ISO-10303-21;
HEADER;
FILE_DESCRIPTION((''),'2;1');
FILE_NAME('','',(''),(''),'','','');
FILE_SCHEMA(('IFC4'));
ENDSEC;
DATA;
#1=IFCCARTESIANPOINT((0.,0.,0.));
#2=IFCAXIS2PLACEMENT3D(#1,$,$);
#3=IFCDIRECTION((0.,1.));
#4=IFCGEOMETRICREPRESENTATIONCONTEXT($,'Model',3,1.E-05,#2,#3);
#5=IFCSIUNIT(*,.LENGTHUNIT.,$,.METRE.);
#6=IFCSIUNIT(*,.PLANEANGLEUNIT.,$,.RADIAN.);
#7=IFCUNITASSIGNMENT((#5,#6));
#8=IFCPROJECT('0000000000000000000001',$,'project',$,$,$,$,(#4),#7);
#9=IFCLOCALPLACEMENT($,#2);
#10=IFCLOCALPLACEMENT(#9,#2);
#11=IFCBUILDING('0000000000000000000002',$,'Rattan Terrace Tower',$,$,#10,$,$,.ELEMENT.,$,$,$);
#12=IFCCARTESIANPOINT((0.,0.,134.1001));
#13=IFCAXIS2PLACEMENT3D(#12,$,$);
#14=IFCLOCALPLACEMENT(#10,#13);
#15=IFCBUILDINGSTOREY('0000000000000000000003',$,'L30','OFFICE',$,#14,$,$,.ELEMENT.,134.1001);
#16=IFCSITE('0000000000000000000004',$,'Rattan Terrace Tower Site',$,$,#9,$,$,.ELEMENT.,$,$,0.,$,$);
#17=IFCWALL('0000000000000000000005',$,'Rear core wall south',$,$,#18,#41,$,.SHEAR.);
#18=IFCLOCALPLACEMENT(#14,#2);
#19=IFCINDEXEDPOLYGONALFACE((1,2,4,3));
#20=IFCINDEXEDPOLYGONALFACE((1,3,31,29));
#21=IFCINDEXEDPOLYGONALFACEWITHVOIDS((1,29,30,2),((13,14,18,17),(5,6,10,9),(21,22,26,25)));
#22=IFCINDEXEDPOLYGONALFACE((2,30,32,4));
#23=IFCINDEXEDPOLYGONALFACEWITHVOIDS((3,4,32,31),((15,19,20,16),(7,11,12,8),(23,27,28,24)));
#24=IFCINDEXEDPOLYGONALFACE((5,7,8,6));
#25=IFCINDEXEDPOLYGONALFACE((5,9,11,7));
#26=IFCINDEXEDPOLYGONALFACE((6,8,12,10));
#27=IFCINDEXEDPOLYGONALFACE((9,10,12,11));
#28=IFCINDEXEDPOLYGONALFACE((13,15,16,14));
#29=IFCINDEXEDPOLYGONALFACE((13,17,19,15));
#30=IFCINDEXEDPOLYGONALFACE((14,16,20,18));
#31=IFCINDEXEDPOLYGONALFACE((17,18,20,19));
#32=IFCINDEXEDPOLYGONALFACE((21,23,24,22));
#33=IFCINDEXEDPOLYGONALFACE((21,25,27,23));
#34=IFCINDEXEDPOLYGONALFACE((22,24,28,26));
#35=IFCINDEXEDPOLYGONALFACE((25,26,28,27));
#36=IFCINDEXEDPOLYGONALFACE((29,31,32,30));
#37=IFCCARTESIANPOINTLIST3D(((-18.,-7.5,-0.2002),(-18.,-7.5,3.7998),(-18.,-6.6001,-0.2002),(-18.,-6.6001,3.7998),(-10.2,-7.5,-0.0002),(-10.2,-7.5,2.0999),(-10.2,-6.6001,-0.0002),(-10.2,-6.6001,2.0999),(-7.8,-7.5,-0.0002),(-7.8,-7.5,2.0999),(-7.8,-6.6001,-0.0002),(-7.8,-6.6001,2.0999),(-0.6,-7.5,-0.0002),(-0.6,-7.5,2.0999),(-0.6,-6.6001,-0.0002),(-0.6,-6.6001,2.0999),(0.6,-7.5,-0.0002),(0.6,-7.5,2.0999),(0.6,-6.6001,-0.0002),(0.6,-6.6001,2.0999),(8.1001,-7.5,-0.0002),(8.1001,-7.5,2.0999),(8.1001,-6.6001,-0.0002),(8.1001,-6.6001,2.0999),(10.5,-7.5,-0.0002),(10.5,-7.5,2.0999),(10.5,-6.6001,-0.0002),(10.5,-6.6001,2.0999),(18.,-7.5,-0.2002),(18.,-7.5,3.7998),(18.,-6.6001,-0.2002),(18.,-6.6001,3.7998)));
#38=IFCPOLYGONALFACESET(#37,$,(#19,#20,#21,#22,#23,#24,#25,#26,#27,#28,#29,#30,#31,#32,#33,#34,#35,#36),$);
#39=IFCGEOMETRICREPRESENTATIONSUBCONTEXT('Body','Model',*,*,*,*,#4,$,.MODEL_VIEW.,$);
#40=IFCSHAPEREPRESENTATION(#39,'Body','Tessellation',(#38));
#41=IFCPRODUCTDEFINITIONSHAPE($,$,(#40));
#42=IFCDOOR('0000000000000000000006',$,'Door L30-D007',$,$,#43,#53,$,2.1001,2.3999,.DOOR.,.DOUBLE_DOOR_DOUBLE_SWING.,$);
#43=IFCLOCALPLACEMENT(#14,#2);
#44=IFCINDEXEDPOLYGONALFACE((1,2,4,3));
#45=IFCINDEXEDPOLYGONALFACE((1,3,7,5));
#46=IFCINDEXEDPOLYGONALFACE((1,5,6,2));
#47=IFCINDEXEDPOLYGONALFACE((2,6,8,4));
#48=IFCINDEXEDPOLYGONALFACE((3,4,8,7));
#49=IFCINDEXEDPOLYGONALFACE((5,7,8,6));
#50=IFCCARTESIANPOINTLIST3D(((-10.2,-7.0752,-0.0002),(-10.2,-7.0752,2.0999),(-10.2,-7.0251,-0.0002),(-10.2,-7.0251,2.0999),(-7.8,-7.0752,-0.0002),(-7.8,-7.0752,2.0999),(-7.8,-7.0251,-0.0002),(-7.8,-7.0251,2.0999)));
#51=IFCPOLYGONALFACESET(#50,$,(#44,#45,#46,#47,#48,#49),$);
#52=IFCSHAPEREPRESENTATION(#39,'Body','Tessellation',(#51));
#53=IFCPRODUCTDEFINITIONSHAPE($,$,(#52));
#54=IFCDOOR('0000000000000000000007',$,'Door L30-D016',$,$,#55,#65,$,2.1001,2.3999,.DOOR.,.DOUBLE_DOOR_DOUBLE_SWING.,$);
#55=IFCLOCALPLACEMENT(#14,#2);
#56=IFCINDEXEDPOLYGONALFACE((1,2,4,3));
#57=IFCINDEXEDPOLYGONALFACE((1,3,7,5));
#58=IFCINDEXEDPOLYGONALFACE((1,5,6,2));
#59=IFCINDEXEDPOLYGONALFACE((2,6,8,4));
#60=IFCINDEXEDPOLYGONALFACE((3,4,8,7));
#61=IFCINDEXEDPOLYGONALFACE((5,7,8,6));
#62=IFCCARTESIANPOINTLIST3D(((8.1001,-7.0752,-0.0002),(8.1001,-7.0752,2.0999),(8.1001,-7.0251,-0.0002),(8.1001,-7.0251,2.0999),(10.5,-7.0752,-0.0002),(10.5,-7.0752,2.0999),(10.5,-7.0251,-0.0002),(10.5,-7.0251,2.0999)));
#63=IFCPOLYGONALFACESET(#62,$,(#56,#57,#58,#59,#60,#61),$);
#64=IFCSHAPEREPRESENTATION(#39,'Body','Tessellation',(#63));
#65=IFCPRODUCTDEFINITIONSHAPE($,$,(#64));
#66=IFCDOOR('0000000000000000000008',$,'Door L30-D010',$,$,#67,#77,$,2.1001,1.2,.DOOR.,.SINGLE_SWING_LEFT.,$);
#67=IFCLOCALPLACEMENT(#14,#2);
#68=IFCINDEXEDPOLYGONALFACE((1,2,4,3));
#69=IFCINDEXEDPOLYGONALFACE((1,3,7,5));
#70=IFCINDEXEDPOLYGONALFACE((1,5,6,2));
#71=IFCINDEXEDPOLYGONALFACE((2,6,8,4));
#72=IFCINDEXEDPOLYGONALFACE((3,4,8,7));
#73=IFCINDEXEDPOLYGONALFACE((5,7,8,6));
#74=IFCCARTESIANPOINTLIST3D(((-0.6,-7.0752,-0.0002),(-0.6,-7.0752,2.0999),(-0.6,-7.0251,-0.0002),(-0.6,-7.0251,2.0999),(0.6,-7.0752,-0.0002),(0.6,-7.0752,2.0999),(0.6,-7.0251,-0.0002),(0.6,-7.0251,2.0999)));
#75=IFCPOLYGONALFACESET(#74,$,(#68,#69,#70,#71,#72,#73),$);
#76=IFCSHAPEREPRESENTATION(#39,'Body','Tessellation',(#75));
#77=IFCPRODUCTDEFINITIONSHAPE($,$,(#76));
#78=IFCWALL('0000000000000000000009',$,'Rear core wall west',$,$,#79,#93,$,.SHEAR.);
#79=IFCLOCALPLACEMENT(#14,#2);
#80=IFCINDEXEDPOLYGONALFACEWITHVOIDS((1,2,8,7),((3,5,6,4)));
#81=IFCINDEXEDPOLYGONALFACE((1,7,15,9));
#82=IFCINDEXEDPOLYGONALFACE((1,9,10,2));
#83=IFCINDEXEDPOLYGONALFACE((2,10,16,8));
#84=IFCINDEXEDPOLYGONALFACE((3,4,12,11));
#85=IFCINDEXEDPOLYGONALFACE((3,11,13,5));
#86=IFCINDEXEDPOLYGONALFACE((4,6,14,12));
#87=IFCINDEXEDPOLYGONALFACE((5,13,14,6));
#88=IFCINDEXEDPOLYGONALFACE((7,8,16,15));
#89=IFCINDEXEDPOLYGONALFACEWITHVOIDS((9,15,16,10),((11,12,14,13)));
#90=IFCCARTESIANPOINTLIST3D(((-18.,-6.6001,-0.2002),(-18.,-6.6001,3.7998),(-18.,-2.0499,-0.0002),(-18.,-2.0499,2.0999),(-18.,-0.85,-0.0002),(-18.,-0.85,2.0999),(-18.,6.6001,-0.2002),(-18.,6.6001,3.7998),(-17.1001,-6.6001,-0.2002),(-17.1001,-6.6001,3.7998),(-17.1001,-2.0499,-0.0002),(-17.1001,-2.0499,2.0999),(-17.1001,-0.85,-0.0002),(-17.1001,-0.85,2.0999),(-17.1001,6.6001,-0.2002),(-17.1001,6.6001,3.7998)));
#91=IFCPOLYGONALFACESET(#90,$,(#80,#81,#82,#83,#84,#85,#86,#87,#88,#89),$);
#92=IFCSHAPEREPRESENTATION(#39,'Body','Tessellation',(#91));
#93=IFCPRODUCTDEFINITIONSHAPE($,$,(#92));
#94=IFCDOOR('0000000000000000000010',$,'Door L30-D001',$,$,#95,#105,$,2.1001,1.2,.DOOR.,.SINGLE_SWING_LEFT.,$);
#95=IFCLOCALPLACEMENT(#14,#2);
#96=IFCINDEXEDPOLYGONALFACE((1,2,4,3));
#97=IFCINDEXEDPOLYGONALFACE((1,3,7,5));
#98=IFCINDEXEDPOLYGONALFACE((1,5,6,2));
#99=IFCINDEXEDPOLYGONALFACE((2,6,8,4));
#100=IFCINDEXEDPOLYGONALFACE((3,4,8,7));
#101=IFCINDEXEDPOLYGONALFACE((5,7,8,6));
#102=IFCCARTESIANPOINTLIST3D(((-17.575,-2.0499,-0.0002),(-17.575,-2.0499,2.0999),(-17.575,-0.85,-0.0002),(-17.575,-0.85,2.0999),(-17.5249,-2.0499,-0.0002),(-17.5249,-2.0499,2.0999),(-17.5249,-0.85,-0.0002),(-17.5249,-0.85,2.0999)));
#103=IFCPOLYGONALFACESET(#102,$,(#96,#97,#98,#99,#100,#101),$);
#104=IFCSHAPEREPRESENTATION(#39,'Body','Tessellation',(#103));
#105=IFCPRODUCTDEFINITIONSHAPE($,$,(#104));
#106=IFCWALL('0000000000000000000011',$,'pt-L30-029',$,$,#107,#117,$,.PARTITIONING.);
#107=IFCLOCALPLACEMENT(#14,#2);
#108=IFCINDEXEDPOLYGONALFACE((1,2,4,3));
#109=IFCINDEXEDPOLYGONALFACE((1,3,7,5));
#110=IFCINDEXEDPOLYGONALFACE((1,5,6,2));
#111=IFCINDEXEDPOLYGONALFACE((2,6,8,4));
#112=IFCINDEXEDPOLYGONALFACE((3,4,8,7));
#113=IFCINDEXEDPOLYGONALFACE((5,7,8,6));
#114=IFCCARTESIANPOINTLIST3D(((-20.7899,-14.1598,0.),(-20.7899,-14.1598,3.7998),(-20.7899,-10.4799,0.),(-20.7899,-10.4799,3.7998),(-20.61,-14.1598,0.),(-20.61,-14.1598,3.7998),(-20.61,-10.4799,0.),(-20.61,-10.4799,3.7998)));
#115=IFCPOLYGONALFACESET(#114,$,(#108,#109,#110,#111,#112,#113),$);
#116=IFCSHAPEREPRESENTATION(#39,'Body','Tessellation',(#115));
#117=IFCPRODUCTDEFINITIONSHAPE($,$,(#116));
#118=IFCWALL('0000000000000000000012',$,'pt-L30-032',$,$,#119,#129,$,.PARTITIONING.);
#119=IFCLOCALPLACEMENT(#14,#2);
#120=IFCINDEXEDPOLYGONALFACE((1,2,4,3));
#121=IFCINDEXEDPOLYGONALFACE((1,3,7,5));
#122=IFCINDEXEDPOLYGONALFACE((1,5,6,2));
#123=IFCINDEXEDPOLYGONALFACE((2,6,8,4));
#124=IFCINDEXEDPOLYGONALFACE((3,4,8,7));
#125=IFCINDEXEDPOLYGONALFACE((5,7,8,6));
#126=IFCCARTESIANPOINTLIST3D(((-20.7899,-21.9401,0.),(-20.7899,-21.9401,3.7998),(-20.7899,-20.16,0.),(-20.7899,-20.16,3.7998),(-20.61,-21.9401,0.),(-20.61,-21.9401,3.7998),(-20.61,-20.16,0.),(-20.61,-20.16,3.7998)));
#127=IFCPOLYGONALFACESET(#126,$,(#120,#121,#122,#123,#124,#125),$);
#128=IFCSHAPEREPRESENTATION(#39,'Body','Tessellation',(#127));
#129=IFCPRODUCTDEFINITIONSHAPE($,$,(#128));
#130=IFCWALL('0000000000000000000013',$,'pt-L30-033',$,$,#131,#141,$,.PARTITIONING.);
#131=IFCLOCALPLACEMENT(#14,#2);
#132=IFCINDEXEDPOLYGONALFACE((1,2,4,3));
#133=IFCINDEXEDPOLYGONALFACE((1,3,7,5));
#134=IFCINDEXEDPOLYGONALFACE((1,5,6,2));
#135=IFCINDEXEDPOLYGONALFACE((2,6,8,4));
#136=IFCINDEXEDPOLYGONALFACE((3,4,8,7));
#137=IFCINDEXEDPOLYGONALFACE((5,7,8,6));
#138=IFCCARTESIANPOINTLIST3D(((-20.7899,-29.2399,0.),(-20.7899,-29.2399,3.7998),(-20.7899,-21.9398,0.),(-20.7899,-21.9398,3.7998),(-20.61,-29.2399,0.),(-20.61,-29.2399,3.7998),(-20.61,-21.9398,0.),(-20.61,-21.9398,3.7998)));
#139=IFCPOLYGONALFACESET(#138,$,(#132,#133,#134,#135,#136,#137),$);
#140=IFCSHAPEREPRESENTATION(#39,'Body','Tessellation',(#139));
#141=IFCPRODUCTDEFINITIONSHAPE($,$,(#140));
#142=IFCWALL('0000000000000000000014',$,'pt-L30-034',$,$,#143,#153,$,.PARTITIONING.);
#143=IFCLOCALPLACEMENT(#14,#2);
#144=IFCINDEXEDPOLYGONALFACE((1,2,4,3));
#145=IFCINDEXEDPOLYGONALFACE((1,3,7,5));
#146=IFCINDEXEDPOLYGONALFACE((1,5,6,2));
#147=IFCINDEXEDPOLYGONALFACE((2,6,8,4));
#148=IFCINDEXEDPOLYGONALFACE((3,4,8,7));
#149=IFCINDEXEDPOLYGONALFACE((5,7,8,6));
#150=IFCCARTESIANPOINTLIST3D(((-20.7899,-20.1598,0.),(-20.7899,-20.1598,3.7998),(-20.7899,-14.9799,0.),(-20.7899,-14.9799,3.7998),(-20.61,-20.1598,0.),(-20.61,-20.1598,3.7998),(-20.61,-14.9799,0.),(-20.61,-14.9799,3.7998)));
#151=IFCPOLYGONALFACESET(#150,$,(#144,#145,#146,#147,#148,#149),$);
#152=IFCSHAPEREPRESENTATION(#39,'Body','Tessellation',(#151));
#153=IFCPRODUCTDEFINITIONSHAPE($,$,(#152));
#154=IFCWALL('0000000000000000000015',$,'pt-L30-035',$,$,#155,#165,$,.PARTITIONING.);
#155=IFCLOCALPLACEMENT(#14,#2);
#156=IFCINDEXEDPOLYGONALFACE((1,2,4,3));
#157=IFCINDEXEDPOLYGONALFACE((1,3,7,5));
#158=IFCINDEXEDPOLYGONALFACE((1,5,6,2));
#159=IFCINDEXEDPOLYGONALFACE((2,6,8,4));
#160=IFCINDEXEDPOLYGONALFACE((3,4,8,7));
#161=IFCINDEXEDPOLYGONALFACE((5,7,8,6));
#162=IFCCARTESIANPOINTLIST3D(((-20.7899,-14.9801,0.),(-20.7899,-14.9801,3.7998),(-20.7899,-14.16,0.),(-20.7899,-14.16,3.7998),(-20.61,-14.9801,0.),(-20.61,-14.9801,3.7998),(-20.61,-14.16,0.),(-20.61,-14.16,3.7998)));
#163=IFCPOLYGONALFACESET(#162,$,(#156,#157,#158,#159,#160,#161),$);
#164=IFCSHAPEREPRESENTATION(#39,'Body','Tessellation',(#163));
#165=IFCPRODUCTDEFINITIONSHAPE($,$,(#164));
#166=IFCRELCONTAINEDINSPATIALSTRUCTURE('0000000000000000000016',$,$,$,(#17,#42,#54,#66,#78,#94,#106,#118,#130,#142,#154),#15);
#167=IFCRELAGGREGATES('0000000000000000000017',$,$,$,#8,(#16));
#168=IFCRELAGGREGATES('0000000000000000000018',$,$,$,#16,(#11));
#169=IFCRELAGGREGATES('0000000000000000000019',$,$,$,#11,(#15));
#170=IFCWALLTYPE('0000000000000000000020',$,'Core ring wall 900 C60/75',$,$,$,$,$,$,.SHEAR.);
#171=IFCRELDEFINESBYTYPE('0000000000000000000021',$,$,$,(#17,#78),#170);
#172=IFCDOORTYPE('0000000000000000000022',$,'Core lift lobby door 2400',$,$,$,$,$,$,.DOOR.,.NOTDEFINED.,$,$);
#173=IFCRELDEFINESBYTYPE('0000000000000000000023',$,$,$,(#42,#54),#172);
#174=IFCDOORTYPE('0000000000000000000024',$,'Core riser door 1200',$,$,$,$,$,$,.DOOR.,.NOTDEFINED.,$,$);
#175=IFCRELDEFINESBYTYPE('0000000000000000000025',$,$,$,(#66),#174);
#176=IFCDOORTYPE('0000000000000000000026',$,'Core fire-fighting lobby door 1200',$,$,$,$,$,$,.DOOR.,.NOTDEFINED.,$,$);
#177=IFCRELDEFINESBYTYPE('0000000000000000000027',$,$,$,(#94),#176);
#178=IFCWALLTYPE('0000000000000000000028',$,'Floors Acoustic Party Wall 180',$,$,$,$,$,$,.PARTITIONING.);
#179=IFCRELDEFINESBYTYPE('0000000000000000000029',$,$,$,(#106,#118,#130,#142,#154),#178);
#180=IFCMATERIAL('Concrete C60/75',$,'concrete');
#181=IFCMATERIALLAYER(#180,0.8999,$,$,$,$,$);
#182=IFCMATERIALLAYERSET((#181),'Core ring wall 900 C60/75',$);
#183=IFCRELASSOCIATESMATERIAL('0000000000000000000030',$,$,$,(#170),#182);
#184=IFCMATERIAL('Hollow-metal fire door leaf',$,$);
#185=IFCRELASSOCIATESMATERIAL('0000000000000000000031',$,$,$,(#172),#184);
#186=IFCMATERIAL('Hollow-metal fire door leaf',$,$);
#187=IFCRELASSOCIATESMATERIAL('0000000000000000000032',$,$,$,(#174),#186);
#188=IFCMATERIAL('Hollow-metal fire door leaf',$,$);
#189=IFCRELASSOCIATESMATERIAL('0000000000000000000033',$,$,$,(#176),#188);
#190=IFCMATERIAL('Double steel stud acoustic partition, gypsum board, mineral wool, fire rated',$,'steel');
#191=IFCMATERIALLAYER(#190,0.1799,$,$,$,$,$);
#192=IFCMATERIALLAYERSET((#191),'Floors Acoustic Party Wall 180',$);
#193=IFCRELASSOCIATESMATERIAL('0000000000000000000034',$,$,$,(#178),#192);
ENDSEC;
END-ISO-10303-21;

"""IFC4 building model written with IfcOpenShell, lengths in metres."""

from ifc_helpers import new_model, si_unit, direction, frame, frame_2d, origin, place, context, subcontext, project, spatial, rectangle, extrude, material, layer, layer_set, type_object, element, fill, save


model = new_model("IFC4")

# Units and contexts
model_context = context("Model", 3, precision=1e-05, world=origin(), true_north=direction((0.0, 1.0)))
body_context = subcontext(model_context, "Body", "Model", "MODEL_VIEW")
ifc_project = project(units=[si_unit("LENGTHUNIT", "METRE"), si_unit("PLANEANGLEUNIT", "RADIAN")], contexts=[model_context])

# Site, building, storey
site_placement = place(None, origin())
site = spatial("IfcSite", under=ifc_project, at=site_placement, Name="Rattan Terrace Tower Site", CompositionType="ELEMENT", RefElevation=0.0)
building_placement = place(site_placement, origin())
building = spatial("IfcBuilding", under=site, at=building_placement, Name="Rattan Terrace Tower", CompositionType="ELEMENT")
storey_placement = place(building_placement, frame((0.0, 0.0, 134.1001)))
storey = spatial("IfcBuildingStorey", under=building, at=storey_placement, Name="L30", Description="OFFICE", CompositionType="ELEMENT", Elevation=134.1001)

# Wall, openings, doors
ifc_material_1 = material(Name="Concrete C60/75", Category="concrete")
ifc_layer_1 = layer(ifc_material_1, 0.8999)
ifc_layer_set_1 = layer_set([ifc_layer_1], Name="Core ring wall 900 C60/75")
wall_type_1 = type_object("IfcWallType", Name="Core ring wall 900 C60/75", PredefinedType="SHEAR", material=ifc_layer_set_1)
wall_1_placement = place(storey_placement, frame((-18.0, -7.05, -0.2002), z_axis=(0.0, 0.0, 1.0), x_axis=(1.0, 0.0, 0.0)))
wall_1 = element("IfcWall", 1, at=wall_1_placement, inside=storey, type_object=wall_type_1, Name="Rear core wall south", PredefinedType="SHEAR", context=body_context, shape_type="SweptSolid", body=[
    extrude(rectangle(XDim=36.0, YDim=0.8999, at=frame_2d((18.0, 0.0))), origin(), (0.0, 0.0, 1.0), 4.0),
])
opening_1_placement = place(wall_1_placement, frame((7.8, 0.0, 0.2)))
opening_1 = element("IfcOpeningElement", 2, at=opening_1_placement, cuts=wall_1, PredefinedType="OPENING", context=body_context, shape_type="SweptSolid", body=[
    extrude(rectangle(XDim=2.3999, YDim=2.1001, at=frame_2d((1.2, 1.05))), frame((0.0, 0.4604, 0.0), z_axis=(0.0, -1.0, 0.0), x_axis=(1.0, 0.0, 0.0)), (0.0, 0.0, 1.0), 0.9209),
])
opening_2_placement = place(wall_1_placement, frame((17.3999, 0.0, 0.2)))
opening_2 = element("IfcOpeningElement", 3, at=opening_2_placement, cuts=wall_1, PredefinedType="OPENING", context=body_context, shape_type="SweptSolid", body=[
    extrude(rectangle(XDim=1.2, YDim=2.1001, at=frame_2d((0.6001, 1.05))), frame((0.0, 0.4604, 0.0), z_axis=(0.0, -1.0, 0.0), x_axis=(1.0, 0.0, 0.0)), (0.0, 0.0, 1.0), 0.9209),
])
opening_3_placement = place(wall_1_placement, frame((26.1001, 0.0, 0.2)))
opening_3 = element("IfcOpeningElement", 4, at=opening_3_placement, cuts=wall_1, PredefinedType="OPENING", context=body_context, shape_type="SweptSolid", body=[
    extrude(rectangle(XDim=2.3999, YDim=2.1001, at=frame_2d((1.2, 1.05))), frame((0.0, 0.4604, 0.0), z_axis=(0.0, -1.0, 0.0), x_axis=(1.0, 0.0, 0.0)), (0.0, 0.0, 1.0), 0.9209),
])
ifc_material_2 = material(Name="Hollow-metal fire door leaf")
door_type_1 = type_object("IfcDoorType", Name="Core lift lobby door 2400", OperationType="NOTDEFINED", PredefinedType="DOOR", material=ifc_material_2)
door_1_placement = place(opening_1_placement, origin())
door_1 = element("IfcDoor", 5, at=door_1_placement, inside=storey, type_object=door_type_1, Name="Door L30-D007", OperationType="DOUBLE_DOOR_DOUBLE_SWING", OverallHeight=2.1001, OverallWidth=2.3999, PredefinedType="DOOR", context=body_context, shape_type="SweptSolid", body=[
    extrude(rectangle(XDim=2.3999, YDim=2.1001, at=frame_2d((1.2, 1.05))), frame((0.0, 0.0249, 0.0), z_axis=(0.0, -1.0, 0.0), x_axis=(1.0, 0.0, 0.0)), (0.0, 0.0, 1.0), 0.05),
])
fill(opening_1, door_1)
door_2_placement = place(opening_3_placement, origin())
door_2 = element("IfcDoor", 6, at=door_2_placement, inside=storey, type_object=door_type_1, Name="Door L30-D016", OperationType="DOUBLE_DOOR_DOUBLE_SWING", OverallHeight=2.1001, OverallWidth=2.3999, PredefinedType="DOOR", context=body_context, shape_type="SweptSolid", body=[
    extrude(rectangle(XDim=2.3999, YDim=2.1001, at=frame_2d((1.2, 1.05))), frame((0.0, 0.0249, 0.0), z_axis=(0.0, -1.0, 0.0), x_axis=(1.0, 0.0, 0.0)), (0.0, 0.0, 1.0), 0.05),
])
fill(opening_3, door_2)
ifc_material_3 = material(Name="Hollow-metal fire door leaf")
door_type_2 = type_object("IfcDoorType", Name="Core riser door 1200", OperationType="NOTDEFINED", PredefinedType="DOOR", material=ifc_material_3)
door_3_placement = place(opening_2_placement, origin())
door_3 = element("IfcDoor", 7, at=door_3_placement, inside=storey, type_object=door_type_2, Name="Door L30-D010", OperationType="SINGLE_SWING_LEFT", OverallHeight=2.1001, OverallWidth=1.2, PredefinedType="DOOR", context=body_context, shape_type="SweptSolid", body=[
    extrude(rectangle(XDim=1.2, YDim=2.1001, at=frame_2d((0.6001, 1.05))), frame((0.0, 0.0249, 0.0), z_axis=(0.0, -1.0, 0.0), x_axis=(1.0, 0.0, 0.0)), (0.0, 0.0, 1.0), 0.05),
])
fill(opening_2, door_3)

# Wall, opening, door
wall_2_placement = place(storey_placement, frame((-17.55, -6.6001, -0.2002), z_axis=(0.0, 0.0, 1.0), x_axis=(0.0, 1.0, 0.0)))
wall_2 = element("IfcWall", 8, at=wall_2_placement, inside=storey, type_object=wall_type_1, Name="Rear core wall west", PredefinedType="SHEAR", context=body_context, shape_type="SweptSolid", body=[
    extrude(rectangle(XDim=13.2002, YDim=0.8999, at=frame_2d((6.6001, 0.0))), origin(), (0.0, 0.0, 1.0), 4.0),
])
opening_4_placement = place(wall_2_placement, frame((4.55, 0.0, 0.2)))
opening_4 = element("IfcOpeningElement", 9, at=opening_4_placement, cuts=wall_2, PredefinedType="OPENING", context=body_context, shape_type="SweptSolid", body=[
    extrude(rectangle(XDim=1.2, YDim=2.1001, at=frame_2d((0.6001, 1.05))), frame((0.0, 0.4604, 0.0), z_axis=(0.0, -1.0, 0.0), x_axis=(1.0, 0.0, 0.0)), (0.0, 0.0, 1.0), 0.9209),
])
ifc_material_4 = material(Name="Hollow-metal fire door leaf")
door_type_3 = type_object("IfcDoorType", Name="Core fire-fighting lobby door 1200", OperationType="NOTDEFINED", PredefinedType="DOOR", material=ifc_material_4)
door_4_placement = place(opening_4_placement, origin())
door_4 = element("IfcDoor", 10, at=door_4_placement, inside=storey, type_object=door_type_3, Name="Door L30-D001", OperationType="SINGLE_SWING_LEFT", OverallHeight=2.1001, OverallWidth=1.2, PredefinedType="DOOR", context=body_context, shape_type="SweptSolid", body=[
    extrude(rectangle(XDim=1.2, YDim=2.1001, at=frame_2d((0.6001, 1.05))), frame((0.0, 0.0249, 0.0), z_axis=(0.0, -1.0, 0.0), x_axis=(1.0, 0.0, 0.0)), (0.0, 0.0, 1.0), 0.05),
])
fill(opening_4, door_4)

# Walls
ifc_material_5 = material(Name="Double steel stud acoustic partition, gypsum board, mineral wool, fire rated", Category="steel")
ifc_layer_2 = layer(ifc_material_5, 0.1799)
ifc_layer_set_2 = layer_set([ifc_layer_2], Name="Floors Acoustic Party Wall 180")
wall_type_2 = type_object("IfcWallType", Name="Floors Acoustic Party Wall 180", PredefinedType="PARTITIONING", material=ifc_layer_set_2)
wall_3_placement = place(storey_placement, frame((-20.7, -10.48, 0.0), z_axis=(0.0, 0.0, 1.0), x_axis=(0.0, -1.0, 0.0)))
element("IfcWall", 11, at=wall_3_placement, inside=storey, type_object=wall_type_2, Name="pt-L30-029", PredefinedType="PARTITIONING", context=body_context, shape_type="SweptSolid", body=[
    extrude(rectangle(XDim=3.6799, YDim=0.1799, at=frame_2d((1.8398, 0.0))), origin(), (0.0, 0.0, 1.0), 3.7998),
])
wall_4_placement = place(storey_placement, frame((-20.7, -20.1599, 0.0), z_axis=(0.0, 0.0, 1.0), x_axis=(0.0, -1.0, 0.0)))
element("IfcWall", 12, at=wall_4_placement, inside=storey, type_object=wall_type_2, Name="pt-L30-032", PredefinedType="PARTITIONING", context=body_context, shape_type="SweptSolid", body=[
    extrude(rectangle(XDim=1.78, YDim=0.1799, at=frame_2d((0.8901, 0.0))), origin(), (0.0, 0.0, 1.0), 3.7998),
])
wall_5_placement = place(storey_placement, frame((-20.7, -21.9399, 0.0), z_axis=(0.0, 0.0, 1.0), x_axis=(0.0, -1.0, 0.0)))
element("IfcWall", 13, at=wall_5_placement, inside=storey, type_object=wall_type_2, Name="pt-L30-033", PredefinedType="PARTITIONING", context=body_context, shape_type="SweptSolid", body=[
    extrude(rectangle(XDim=7.3, YDim=0.1799, at=frame_2d((3.6499, 0.0))), origin(), (0.0, 0.0, 1.0), 3.7998),
])
wall_6_placement = place(storey_placement, frame((-20.7, -14.98, 0.0), z_axis=(0.0, 0.0, 1.0), x_axis=(0.0, -1.0, 0.0)))
element("IfcWall", 14, at=wall_6_placement, inside=storey, type_object=wall_type_2, Name="pt-L30-034", PredefinedType="PARTITIONING", context=body_context, shape_type="SweptSolid", body=[
    extrude(rectangle(XDim=5.1799, YDim=0.1799, at=frame_2d((2.5898, 0.0))), origin(), (0.0, 0.0, 1.0), 3.7998),
])
wall_7_placement = place(storey_placement, frame((-20.7, -14.1599, 0.0), z_axis=(0.0, 0.0, 1.0), x_axis=(0.0, -1.0, 0.0)))
element("IfcWall", 15, at=wall_7_placement, inside=storey, type_object=wall_type_2, Name="pt-L30-035", PredefinedType="PARTITIONING", context=body_context, shape_type="SweptSolid", body=[
    extrude(rectangle(XDim=0.8201, YDim=0.1799, at=frame_2d((0.4102, 0.0))), origin(), (0.0, 0.0, 1.0), 3.7998),
])

save(model, "model.ifc")
